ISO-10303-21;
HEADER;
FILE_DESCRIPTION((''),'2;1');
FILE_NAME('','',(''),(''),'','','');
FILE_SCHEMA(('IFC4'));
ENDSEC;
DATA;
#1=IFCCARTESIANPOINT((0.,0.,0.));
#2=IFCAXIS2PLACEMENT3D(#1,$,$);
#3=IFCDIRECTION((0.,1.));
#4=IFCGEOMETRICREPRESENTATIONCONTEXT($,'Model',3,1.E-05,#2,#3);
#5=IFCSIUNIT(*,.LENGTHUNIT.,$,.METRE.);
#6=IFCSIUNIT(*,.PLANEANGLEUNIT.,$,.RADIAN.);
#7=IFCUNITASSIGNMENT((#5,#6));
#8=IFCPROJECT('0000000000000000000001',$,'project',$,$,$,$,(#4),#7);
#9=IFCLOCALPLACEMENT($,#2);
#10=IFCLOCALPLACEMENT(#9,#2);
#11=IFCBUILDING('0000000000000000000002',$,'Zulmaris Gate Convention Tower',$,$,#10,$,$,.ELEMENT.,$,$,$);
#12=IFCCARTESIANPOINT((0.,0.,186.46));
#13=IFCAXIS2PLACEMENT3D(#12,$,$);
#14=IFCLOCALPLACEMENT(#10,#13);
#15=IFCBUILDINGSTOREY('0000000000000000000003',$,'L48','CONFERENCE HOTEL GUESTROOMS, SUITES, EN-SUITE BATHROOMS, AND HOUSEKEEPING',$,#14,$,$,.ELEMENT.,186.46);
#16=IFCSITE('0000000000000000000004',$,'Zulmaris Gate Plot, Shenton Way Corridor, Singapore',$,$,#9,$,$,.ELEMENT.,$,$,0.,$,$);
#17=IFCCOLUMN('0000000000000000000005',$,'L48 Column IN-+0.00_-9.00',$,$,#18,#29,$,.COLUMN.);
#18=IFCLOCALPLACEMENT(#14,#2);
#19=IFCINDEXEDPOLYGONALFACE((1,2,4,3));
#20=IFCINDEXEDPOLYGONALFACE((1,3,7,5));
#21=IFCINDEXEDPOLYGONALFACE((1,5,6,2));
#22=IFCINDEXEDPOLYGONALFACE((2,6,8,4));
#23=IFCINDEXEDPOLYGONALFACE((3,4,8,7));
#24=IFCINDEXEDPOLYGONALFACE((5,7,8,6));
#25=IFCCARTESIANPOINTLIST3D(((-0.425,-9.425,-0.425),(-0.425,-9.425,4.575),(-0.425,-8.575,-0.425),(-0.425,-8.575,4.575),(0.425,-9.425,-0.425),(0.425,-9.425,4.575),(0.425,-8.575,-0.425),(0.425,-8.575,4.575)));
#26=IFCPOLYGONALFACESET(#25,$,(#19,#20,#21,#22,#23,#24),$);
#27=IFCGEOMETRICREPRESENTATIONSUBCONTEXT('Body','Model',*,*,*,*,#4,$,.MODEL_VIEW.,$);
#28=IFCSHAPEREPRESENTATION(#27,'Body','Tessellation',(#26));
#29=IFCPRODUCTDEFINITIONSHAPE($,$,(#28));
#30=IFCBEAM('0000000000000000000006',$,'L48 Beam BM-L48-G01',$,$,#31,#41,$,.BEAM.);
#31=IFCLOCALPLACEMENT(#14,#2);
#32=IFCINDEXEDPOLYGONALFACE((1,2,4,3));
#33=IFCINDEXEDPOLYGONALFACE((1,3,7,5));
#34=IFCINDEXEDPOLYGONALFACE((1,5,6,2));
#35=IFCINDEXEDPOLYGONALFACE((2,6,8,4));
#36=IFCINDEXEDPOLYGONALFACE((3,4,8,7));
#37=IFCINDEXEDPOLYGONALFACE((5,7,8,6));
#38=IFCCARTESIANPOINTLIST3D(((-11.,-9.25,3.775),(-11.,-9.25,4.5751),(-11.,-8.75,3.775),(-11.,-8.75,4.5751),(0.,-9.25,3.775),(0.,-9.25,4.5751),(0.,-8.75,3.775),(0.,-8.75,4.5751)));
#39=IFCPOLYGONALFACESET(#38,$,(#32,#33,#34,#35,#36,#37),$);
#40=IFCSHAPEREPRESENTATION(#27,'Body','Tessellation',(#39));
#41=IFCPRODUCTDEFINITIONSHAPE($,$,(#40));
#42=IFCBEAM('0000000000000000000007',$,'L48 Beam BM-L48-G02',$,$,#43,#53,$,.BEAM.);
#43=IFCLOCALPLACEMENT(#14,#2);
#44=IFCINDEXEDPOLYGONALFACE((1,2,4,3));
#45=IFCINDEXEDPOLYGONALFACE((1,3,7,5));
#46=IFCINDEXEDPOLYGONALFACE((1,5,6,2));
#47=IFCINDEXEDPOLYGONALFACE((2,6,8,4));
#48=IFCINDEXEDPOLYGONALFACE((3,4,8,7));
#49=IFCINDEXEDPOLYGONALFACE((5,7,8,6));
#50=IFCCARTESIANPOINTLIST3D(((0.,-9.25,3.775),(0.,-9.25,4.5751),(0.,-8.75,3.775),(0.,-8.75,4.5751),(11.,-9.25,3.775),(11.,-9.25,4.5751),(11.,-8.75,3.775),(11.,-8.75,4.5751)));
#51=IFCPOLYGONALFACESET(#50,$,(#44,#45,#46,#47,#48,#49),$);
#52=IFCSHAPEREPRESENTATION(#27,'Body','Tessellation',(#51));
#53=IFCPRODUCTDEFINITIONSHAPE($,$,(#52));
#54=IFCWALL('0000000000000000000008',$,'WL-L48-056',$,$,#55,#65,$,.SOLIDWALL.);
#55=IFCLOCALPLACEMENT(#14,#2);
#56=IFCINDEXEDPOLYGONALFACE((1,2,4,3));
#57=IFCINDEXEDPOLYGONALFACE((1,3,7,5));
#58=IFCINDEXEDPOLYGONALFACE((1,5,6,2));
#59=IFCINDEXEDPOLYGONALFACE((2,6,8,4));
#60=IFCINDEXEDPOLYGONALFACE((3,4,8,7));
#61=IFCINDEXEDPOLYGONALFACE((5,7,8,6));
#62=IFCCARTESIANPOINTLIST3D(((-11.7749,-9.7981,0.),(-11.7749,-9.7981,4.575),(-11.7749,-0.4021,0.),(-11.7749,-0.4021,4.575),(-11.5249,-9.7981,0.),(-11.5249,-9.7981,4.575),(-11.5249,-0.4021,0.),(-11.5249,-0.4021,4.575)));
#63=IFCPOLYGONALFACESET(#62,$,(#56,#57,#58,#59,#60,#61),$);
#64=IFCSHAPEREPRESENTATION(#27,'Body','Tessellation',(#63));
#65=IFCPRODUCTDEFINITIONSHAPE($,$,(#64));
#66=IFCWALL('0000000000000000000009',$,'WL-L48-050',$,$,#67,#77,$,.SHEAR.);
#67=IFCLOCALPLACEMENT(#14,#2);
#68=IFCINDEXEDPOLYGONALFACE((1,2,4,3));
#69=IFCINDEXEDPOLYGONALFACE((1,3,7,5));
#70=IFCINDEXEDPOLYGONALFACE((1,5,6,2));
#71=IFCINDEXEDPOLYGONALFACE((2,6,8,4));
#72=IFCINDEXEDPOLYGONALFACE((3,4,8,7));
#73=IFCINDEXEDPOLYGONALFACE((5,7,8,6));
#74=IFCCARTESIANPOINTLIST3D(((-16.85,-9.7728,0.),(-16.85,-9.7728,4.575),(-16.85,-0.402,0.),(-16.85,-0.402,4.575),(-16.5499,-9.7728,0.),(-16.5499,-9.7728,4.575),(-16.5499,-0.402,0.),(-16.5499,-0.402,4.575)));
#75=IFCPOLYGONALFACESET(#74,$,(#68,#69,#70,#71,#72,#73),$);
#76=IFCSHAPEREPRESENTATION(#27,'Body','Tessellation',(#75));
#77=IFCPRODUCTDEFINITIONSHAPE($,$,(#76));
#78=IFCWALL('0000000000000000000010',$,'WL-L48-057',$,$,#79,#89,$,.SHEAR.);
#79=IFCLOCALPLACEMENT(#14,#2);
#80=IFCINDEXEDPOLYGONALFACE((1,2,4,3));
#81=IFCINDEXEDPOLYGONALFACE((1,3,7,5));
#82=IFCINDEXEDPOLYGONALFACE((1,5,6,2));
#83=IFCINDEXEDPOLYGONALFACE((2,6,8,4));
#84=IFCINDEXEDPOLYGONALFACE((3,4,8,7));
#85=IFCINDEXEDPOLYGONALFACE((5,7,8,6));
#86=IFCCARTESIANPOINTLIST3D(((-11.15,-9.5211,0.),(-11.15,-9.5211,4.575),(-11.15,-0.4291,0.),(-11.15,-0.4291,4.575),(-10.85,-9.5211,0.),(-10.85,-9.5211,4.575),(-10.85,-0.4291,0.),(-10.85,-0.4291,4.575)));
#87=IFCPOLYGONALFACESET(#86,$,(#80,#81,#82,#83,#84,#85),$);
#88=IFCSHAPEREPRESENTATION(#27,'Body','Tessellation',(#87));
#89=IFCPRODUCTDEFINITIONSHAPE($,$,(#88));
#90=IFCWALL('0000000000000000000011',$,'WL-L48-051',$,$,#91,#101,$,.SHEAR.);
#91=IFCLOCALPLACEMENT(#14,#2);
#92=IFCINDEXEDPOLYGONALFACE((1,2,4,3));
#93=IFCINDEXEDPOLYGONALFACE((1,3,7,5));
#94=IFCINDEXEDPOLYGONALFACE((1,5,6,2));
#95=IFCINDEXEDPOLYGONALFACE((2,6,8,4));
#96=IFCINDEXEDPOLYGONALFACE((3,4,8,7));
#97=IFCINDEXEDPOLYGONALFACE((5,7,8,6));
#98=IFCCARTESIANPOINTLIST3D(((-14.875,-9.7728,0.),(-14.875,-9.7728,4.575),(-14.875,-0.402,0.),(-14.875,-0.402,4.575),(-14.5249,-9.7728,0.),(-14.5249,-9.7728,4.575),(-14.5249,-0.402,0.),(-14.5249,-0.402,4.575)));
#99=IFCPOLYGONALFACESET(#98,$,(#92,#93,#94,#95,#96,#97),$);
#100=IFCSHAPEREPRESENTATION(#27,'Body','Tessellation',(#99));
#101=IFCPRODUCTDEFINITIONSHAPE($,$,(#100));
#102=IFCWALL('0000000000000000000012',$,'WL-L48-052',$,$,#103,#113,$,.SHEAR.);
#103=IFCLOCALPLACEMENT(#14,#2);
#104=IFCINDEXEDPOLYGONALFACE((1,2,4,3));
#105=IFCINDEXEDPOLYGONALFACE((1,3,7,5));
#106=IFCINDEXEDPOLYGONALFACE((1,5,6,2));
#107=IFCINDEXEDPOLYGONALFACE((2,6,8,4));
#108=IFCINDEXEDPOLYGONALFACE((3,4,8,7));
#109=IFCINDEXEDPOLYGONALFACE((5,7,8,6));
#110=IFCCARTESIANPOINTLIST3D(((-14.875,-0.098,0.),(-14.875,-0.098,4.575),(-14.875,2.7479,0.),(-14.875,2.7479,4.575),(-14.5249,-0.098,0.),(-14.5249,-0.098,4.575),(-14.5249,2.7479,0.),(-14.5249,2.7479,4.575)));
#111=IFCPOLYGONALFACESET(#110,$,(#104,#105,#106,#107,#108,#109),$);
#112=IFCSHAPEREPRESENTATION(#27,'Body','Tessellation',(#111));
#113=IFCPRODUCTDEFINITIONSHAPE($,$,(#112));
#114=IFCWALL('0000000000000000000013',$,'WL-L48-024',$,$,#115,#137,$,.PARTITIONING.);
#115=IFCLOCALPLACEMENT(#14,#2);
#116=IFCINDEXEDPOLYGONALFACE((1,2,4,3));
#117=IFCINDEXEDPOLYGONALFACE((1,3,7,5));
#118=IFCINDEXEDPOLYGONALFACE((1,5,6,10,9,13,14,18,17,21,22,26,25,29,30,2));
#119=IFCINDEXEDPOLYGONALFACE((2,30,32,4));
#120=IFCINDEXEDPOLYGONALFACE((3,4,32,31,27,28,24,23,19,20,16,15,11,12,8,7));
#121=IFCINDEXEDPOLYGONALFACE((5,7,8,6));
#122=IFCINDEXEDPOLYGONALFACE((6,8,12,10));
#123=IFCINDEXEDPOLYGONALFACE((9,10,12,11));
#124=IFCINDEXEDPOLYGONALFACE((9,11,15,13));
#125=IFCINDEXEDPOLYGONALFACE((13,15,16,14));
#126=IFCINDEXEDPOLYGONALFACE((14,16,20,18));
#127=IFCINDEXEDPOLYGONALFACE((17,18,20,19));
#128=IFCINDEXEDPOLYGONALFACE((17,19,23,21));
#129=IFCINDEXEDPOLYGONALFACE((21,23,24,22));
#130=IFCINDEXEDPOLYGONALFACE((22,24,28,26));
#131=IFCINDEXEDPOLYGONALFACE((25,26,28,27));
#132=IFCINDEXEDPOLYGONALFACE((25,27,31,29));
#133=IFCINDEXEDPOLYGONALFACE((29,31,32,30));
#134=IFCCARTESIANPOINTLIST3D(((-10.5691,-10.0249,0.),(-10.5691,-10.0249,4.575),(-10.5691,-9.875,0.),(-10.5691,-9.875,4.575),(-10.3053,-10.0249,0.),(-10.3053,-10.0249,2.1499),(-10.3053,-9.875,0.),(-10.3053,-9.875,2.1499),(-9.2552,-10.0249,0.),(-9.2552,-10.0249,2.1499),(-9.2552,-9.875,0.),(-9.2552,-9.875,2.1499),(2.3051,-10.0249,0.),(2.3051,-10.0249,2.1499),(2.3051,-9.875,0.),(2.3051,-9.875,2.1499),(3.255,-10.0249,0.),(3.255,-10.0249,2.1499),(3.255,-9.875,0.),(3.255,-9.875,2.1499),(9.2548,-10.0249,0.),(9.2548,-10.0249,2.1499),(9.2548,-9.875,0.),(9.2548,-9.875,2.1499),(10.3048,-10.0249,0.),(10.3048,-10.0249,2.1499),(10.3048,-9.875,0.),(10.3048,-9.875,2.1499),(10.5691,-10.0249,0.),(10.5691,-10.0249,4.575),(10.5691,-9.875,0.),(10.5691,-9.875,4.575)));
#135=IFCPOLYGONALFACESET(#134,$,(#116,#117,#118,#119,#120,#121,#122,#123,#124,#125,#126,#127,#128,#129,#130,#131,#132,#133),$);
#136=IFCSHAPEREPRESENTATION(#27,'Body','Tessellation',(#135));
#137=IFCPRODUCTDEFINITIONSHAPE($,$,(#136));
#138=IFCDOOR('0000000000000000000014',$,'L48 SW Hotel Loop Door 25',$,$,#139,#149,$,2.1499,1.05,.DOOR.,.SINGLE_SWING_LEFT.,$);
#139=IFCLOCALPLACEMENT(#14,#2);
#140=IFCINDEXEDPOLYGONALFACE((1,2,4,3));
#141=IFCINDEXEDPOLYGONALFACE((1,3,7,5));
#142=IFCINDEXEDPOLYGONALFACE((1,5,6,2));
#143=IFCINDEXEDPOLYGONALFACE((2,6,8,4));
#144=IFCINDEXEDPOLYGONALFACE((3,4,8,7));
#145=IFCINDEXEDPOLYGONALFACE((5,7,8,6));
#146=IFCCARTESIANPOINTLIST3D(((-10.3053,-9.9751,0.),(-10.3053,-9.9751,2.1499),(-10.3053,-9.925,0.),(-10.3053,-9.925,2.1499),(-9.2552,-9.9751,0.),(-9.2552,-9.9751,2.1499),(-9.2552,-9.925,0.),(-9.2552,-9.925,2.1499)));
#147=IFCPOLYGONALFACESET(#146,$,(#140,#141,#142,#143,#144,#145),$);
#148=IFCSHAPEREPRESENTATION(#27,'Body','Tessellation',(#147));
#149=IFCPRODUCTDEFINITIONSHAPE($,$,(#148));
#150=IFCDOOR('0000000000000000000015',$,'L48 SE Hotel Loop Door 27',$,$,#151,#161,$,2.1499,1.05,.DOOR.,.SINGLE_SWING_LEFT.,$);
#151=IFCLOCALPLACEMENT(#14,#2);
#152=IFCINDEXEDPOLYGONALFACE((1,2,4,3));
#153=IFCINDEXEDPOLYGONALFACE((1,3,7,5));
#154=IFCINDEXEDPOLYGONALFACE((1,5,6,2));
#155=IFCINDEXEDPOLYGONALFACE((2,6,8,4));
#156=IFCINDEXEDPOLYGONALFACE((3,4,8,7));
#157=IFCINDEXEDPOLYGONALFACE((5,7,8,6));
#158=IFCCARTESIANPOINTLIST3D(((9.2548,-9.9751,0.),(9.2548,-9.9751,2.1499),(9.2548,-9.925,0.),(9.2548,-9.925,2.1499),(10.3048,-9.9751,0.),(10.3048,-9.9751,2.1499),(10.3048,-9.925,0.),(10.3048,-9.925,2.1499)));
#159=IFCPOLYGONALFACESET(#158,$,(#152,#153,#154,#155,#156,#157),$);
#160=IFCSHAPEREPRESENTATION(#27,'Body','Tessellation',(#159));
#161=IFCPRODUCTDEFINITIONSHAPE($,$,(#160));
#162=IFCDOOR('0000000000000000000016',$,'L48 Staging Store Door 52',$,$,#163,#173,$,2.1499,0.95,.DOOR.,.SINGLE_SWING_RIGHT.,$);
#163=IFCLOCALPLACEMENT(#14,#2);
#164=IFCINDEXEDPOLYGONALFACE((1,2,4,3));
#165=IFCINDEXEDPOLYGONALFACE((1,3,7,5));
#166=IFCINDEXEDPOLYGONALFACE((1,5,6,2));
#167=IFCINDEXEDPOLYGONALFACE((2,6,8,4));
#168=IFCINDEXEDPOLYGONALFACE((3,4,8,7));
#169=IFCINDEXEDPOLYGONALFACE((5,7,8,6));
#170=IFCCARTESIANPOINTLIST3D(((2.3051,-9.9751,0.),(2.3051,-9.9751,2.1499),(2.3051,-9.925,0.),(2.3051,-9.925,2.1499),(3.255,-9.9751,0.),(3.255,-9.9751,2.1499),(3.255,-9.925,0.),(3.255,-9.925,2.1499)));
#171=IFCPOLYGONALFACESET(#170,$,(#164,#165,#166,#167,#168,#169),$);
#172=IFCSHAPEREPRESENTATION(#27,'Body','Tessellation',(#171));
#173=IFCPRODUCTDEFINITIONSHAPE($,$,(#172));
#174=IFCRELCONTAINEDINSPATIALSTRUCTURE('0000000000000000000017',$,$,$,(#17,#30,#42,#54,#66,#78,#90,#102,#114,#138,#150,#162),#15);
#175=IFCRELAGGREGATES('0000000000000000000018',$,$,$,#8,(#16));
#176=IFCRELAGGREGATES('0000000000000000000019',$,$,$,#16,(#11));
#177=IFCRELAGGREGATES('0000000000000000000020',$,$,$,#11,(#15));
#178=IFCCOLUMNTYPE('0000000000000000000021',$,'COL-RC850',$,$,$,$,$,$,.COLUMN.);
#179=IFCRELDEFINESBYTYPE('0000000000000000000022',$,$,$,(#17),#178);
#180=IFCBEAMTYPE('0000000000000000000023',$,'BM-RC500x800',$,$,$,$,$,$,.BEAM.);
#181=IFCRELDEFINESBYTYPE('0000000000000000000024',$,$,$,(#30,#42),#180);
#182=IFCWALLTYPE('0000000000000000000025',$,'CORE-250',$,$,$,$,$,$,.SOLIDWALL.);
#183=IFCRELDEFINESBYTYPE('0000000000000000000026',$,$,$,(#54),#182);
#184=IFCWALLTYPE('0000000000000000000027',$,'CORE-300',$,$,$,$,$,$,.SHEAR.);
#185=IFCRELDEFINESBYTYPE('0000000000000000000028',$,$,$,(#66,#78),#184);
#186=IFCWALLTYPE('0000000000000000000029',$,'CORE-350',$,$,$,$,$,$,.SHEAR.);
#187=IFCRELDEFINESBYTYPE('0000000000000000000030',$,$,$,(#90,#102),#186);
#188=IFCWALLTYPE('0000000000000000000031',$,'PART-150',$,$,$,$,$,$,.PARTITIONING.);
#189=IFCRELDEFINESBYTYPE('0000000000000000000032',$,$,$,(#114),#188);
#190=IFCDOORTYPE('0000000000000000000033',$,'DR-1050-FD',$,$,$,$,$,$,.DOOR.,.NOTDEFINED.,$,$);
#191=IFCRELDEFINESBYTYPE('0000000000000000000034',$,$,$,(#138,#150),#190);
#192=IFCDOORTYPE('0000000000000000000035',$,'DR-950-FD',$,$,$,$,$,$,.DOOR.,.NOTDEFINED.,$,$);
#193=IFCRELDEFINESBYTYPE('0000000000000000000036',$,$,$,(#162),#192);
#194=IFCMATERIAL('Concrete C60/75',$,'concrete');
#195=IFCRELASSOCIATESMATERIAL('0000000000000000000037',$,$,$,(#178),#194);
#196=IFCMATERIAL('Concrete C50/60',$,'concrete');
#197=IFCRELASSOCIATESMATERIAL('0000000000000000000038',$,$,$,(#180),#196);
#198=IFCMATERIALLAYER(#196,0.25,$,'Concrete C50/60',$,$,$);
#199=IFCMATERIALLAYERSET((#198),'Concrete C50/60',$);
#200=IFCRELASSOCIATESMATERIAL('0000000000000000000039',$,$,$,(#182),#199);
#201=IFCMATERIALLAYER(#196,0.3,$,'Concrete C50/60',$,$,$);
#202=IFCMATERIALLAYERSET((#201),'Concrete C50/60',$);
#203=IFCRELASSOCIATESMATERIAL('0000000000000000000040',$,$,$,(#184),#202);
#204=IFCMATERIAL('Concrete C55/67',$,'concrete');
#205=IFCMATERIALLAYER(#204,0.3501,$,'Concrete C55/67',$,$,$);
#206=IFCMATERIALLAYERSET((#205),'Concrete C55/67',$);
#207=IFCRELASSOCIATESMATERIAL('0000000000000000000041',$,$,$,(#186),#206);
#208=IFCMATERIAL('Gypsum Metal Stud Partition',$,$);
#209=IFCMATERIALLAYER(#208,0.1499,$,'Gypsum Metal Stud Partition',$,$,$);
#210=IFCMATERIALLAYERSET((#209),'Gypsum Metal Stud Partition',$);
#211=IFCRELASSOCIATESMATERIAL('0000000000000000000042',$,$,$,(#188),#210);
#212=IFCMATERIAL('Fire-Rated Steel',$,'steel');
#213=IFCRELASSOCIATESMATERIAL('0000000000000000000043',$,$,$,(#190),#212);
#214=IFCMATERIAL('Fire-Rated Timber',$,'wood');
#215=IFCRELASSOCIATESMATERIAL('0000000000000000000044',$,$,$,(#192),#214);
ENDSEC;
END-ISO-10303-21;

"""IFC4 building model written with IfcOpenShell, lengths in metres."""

from ifc_helpers import new_model, si_unit, direction, frame, frame_2d, origin, origin_2d, place, context, subcontext, project, spatial, rectangle, extrude, material, layer, layer_set, material_profile, profile_set, type_object, element, fill, save


model = new_model("IFC4")

# Units and contexts
model_context = context("Model", 3, precision=1e-05, world=origin(), true_north=direction((0.0, 1.0)))
body_context = subcontext(model_context, "Body", "Model", "MODEL_VIEW")
ifc_project = project(units=[si_unit("LENGTHUNIT", "METRE"), si_unit("PLANEANGLEUNIT", "RADIAN")], contexts=[model_context])

# Site, building, storey
site_placement = place(None, origin())
site = spatial("IfcSite", under=ifc_project, at=site_placement, Name="Zulmaris Gate Plot, Shenton Way Corridor, Singapore", CompositionType="ELEMENT", RefElevation=0.0)
building_placement = place(site_placement, origin())
building = spatial("IfcBuilding", under=site, at=building_placement, Name="Zulmaris Gate Convention Tower", CompositionType="ELEMENT")
storey_placement = place(building_placement, frame((0.0, 0.0, 186.46)))
storey = spatial("IfcBuildingStorey", under=building, at=storey_placement, Name="L48", Description="CONFERENCE HOTEL GUESTROOMS, SUITES, EN-SUITE BATHROOMS, AND HOUSEKEEPING", CompositionType="ELEMENT", Elevation=186.46)

# Column
ifc_material_1 = material(Name="Concrete C60/75", Category="concrete")
ifc_material_profile_1 = material_profile(ifc_material_1, rectangle(XDim=0.8501, YDim=0.8501, at=origin_2d()), Name="RC COL 850x850")
ifc_profile_set_1 = profile_set([ifc_material_profile_1], Name="Concrete C60/75")
column_type = type_object("IfcColumnType", Name="COL-RC850", PredefinedType="COLUMN", material=ifc_profile_set_1)
column_placement = place(storey_placement, frame((0.0, -9.0, -0.425), z_axis=(0.0, 0.0, 1.0), x_axis=(1.0, 0.0, 0.0)))
element("IfcColumn", 1, at=column_placement, inside=storey, type_object=column_type, Name="L48 Column IN-+0.00_-9.00", PredefinedType="COLUMN", context=body_context, shape_type="SweptSolid", body=[
    extrude(rectangle(XDim=0.8501, YDim=0.8501, at=origin_2d()), origin(), (0.0, 0.0, 1.0), 5.0),
])

# Beams
ifc_material_2 = material(Name="Concrete C50/60", Category="concrete")
ifc_material_profile_2 = material_profile(ifc_material_2, rectangle(XDim=0.5, YDim=0.8, at=origin_2d()), Name="RC BEAM 500x800")
ifc_profile_set_2 = profile_set([ifc_material_profile_2], Name="Concrete C50/60")
beam_type = type_object("IfcBeamType", Name="BM-RC500x800", PredefinedType="BEAM", material=ifc_profile_set_2)
for number, where, z_axis, x_axis, name in (
    (2, (-11.0, -9.0, 4.175), (1.0, 0.0, 0.0), (0.0, 1.0, 0.0), "L48 Beam BM-L48-G01"),
    (3, (0.0, -9.0, 4.175), (1.0, 0.0, 0.0), (0.0, 1.0, 0.0), "L48 Beam BM-L48-G02"),
):
    element("IfcBeam", number, at=place(storey_placement, frame(where, z_axis=z_axis, x_axis=x_axis)), inside=storey, type_object=beam_type, Name=name, PredefinedType="BEAM", context=body_context, shape_type="SweptSolid", body=[
        extrude(rectangle(XDim=0.5, YDim=0.8, at=origin_2d()), origin(), (0.0, 0.0, 1.0), 11.0),
    ])

# Walls
ifc_layer_1 = layer(ifc_material_2, 0.25, Name="Concrete C50/60")
ifc_layer_set_1 = layer_set([ifc_layer_1], Name="Concrete C50/60")
wall_type_1 = type_object("IfcWallType", Name="CORE-250", PredefinedType="SOLIDWALL", material=ifc_layer_set_1)
wall_1_placement = place(storey_placement, frame((-11.6499, -9.7981, 0.0), z_axis=(0.0, 0.0, 1.0), x_axis=(0.0, 1.0, 0.0)))
element("IfcWall", 4, at=wall_1_placement, inside=storey, type_object=wall_type_1, Name="WL-L48-056", PredefinedType="SOLIDWALL", context=body_context, shape_type="SweptSolid", body=[
    extrude(rectangle(XDim=9.396, YDim=0.25, at=frame_2d((4.698, 0.0))), origin(), (0.0, 0.0, 1.0), 4.575),
])
ifc_layer_2 = layer(ifc_material_2, 0.3, Name="Concrete C50/60")
ifc_layer_set_2 = layer_set([ifc_layer_2], Name="Concrete C50/60")
wall_type_2 = type_object("IfcWallType", Name="CORE-300", PredefinedType="SHEAR", material=ifc_layer_set_2)
wall_2_placement = place(storey_placement, frame((-16.7, -9.7729, 0.0), z_axis=(0.0, 0.0, 1.0), x_axis=(0.0, 1.0, 0.0)))
element("IfcWall", 5, at=wall_2_placement, inside=storey, type_object=wall_type_2, Name="WL-L48-050", PredefinedType="SHEAR", context=body_context, shape_type="SweptSolid", body=[
    extrude(rectangle(XDim=9.3708, YDim=0.3, at=frame_2d((4.6855, 0.0))), origin(), (0.0, 0.0, 1.0), 4.575),
])
wall_3_placement = place(storey_placement, frame((-11.0, -9.521, 0.0), z_axis=(0.0, 0.0, 1.0), x_axis=(0.0, 1.0, 0.0)))
element("IfcWall", 6, at=wall_3_placement, inside=storey, type_object=wall_type_2, Name="WL-L48-057", PredefinedType="SHEAR", context=body_context, shape_type="SweptSolid", body=[
    extrude(rectangle(XDim=9.092, YDim=0.3, at=frame_2d((4.5459, 0.0))), origin(), (0.0, 0.0, 1.0), 4.575),
])
ifc_material_3 = material(Name="Concrete C55/67", Category="concrete")
ifc_layer_3 = layer(ifc_material_3, 0.3501, Name="Concrete C55/67")
ifc_layer_set_3 = layer_set([ifc_layer_3], Name="Concrete C55/67")
wall_type_3 = type_object("IfcWallType", Name="CORE-350", PredefinedType="SHEAR", material=ifc_layer_set_3)
wall_4_placement = place(storey_placement, frame((-14.7, -9.7729, 0.0), z_axis=(0.0, 0.0, 1.0), x_axis=(0.0, 1.0, 0.0)))
element("IfcWall", 7, at=wall_4_placement, inside=storey, type_object=wall_type_3, Name="WL-L48-051", PredefinedType="SHEAR", context=body_context, shape_type="SweptSolid", body=[
    extrude(rectangle(XDim=9.3708, YDim=0.3501, at=frame_2d((4.6855, 0.0))), origin(), (0.0, 0.0, 1.0), 4.575),
])
wall_5_placement = place(storey_placement, frame((-14.7, -0.0979, 0.0), z_axis=(0.0, 0.0, 1.0), x_axis=(0.0, 1.0, 0.0)))
element("IfcWall", 8, at=wall_5_placement, inside=storey, type_object=wall_type_3, Name="WL-L48-052", PredefinedType="SHEAR", context=body_context, shape_type="SweptSolid", body=[
    extrude(rectangle(XDim=2.8459, YDim=0.3501, at=frame_2d((1.4229, 0.0))), origin(), (0.0, 0.0, 1.0), 4.575),
])

# Wall, openings, doors
ifc_material_4 = material(Name="Gypsum Metal Stud Partition")
ifc_layer_4 = layer(ifc_material_4, 0.1499, Name="Gypsum Metal Stud Partition")
ifc_layer_set_4 = layer_set([ifc_layer_4], Name="Gypsum Metal Stud Partition")
wall_type_4 = type_object("IfcWallType", Name="PART-150", PredefinedType="PARTITIONING", material=ifc_layer_set_4)
wall_6_placement = place(storey_placement, frame((-10.5691, -9.95, 0.0), z_axis=(0.0, 0.0, 1.0), x_axis=(1.0, 0.0, 0.0)))
wall_6 = element("IfcWall", 9, at=wall_6_placement, inside=storey, type_object=wall_type_4, Name="WL-L48-024", PredefinedType="PARTITIONING", context=body_context, shape_type="SweptSolid", body=[
    extrude(rectangle(XDim=21.1382, YDim=0.1499, at=frame_2d((10.5691, 0.0))), origin(), (0.0, 0.0, 1.0), 4.575),
])
opening_1_placement = place(wall_6_placement, frame((0.2639, 0.0, 0.0)))
opening_1 = element("IfcOpeningElement", 10, at=opening_1_placement, cuts=wall_6, PredefinedType="OPENING", context=body_context, shape_type="SweptSolid", body=[
    extrude(rectangle(XDim=1.05, YDim=2.1499, at=frame_2d((0.5249, 1.075))), frame((0.0, 0.085, 0.0), z_axis=(0.0, -1.0, 0.0), x_axis=(1.0, 0.0, 0.0)), (0.0, 0.0, 1.0), 0.1699),
])
opening_2_placement = place(wall_6_placement, frame((19.824, 0.0, 0.0)))
opening_2 = element("IfcOpeningElement", 11, at=opening_2_placement, cuts=wall_6, PredefinedType="OPENING", context=body_context, shape_type="SweptSolid", body=[
    extrude(rectangle(XDim=1.05, YDim=2.1499, at=frame_2d((0.5249, 1.075))), frame((0.0, 0.085, 0.0), z_axis=(0.0, -1.0, 0.0), x_axis=(1.0, 0.0, 0.0)), (0.0, 0.0, 1.0), 0.1699),
])
opening_3_placement = place(wall_6_placement, frame((12.874, 0.0, 0.0)))
opening_3 = element("IfcOpeningElement", 12, at=opening_3_placement, cuts=wall_6, PredefinedType="OPENING", context=body_context, shape_type="SweptSolid", body=[
    extrude(rectangle(XDim=0.95, YDim=2.1499, at=frame_2d((0.4751, 1.075))), frame((0.0, 0.085, 0.0), z_axis=(0.0, -1.0, 0.0), x_axis=(1.0, 0.0, 0.0)), (0.0, 0.0, 1.0), 0.1699),
])
ifc_material_5 = material(Name="Fire-Rated Steel", Category="steel")
door_type_1 = type_object("IfcDoorType", Name="DR-1050-FD", OperationType="NOTDEFINED", PredefinedType="DOOR", material=ifc_material_5)
door_1_placement = place(opening_1_placement, origin())
door_1 = element("IfcDoor", 13, at=door_1_placement, inside=storey, type_object=door_type_1, Name="L48 SW Hotel Loop Door 25", OperationType="SINGLE_SWING_LEFT", OverallHeight=2.1499, OverallWidth=1.05, PredefinedType="DOOR", context=body_context, shape_type="SweptSolid", body=[
    extrude(rectangle(XDim=1.05, YDim=2.1499, at=frame_2d((0.5249, 1.075))), frame((0.0, 0.0249, 0.0), z_axis=(0.0, -1.0, 0.0), x_axis=(1.0, 0.0, 0.0)), (0.0, 0.0, 1.0), 0.05),
])
fill(opening_1, door_1)
door_2_placement = place(opening_2_placement, origin())
door_2 = element("IfcDoor", 14, at=door_2_placement, inside=storey, type_object=door_type_1, Name="L48 SE Hotel Loop Door 27", OperationType="SINGLE_SWING_LEFT", OverallHeight=2.1499, OverallWidth=1.05, PredefinedType="DOOR", context=body_context, shape_type="SweptSolid", body=[
    extrude(rectangle(XDim=1.05, YDim=2.1499, at=frame_2d((0.5249, 1.075))), frame((0.0, 0.0249, 0.0), z_axis=(0.0, -1.0, 0.0), x_axis=(1.0, 0.0, 0.0)), (0.0, 0.0, 1.0), 0.05),
])
fill(opening_2, door_2)
ifc_material_6 = material(Name="Fire-Rated Timber", Category="wood")
door_type_2 = type_object("IfcDoorType", Name="DR-950-FD", OperationType="NOTDEFINED", PredefinedType="DOOR", material=ifc_material_6)
door_3_placement = place(opening_3_placement, origin())
door_3 = element("IfcDoor", 15, at=door_3_placement, inside=storey, type_object=door_type_2, Name="L48 Staging Store Door 52", OperationType="SINGLE_SWING_RIGHT", OverallHeight=2.1499, OverallWidth=0.95, PredefinedType="DOOR", context=body_context, shape_type="SweptSolid", body=[
    extrude(rectangle(XDim=0.95, YDim=2.1499, at=frame_2d((0.4751, 1.075))), frame((0.0, 0.0249, 0.0), z_axis=(0.0, -1.0, 0.0), x_axis=(1.0, 0.0, 0.0)), (0.0, 0.0, 1.0), 0.05),
])
fill(opening_3, door_3)

save(model, "model.ifc")
